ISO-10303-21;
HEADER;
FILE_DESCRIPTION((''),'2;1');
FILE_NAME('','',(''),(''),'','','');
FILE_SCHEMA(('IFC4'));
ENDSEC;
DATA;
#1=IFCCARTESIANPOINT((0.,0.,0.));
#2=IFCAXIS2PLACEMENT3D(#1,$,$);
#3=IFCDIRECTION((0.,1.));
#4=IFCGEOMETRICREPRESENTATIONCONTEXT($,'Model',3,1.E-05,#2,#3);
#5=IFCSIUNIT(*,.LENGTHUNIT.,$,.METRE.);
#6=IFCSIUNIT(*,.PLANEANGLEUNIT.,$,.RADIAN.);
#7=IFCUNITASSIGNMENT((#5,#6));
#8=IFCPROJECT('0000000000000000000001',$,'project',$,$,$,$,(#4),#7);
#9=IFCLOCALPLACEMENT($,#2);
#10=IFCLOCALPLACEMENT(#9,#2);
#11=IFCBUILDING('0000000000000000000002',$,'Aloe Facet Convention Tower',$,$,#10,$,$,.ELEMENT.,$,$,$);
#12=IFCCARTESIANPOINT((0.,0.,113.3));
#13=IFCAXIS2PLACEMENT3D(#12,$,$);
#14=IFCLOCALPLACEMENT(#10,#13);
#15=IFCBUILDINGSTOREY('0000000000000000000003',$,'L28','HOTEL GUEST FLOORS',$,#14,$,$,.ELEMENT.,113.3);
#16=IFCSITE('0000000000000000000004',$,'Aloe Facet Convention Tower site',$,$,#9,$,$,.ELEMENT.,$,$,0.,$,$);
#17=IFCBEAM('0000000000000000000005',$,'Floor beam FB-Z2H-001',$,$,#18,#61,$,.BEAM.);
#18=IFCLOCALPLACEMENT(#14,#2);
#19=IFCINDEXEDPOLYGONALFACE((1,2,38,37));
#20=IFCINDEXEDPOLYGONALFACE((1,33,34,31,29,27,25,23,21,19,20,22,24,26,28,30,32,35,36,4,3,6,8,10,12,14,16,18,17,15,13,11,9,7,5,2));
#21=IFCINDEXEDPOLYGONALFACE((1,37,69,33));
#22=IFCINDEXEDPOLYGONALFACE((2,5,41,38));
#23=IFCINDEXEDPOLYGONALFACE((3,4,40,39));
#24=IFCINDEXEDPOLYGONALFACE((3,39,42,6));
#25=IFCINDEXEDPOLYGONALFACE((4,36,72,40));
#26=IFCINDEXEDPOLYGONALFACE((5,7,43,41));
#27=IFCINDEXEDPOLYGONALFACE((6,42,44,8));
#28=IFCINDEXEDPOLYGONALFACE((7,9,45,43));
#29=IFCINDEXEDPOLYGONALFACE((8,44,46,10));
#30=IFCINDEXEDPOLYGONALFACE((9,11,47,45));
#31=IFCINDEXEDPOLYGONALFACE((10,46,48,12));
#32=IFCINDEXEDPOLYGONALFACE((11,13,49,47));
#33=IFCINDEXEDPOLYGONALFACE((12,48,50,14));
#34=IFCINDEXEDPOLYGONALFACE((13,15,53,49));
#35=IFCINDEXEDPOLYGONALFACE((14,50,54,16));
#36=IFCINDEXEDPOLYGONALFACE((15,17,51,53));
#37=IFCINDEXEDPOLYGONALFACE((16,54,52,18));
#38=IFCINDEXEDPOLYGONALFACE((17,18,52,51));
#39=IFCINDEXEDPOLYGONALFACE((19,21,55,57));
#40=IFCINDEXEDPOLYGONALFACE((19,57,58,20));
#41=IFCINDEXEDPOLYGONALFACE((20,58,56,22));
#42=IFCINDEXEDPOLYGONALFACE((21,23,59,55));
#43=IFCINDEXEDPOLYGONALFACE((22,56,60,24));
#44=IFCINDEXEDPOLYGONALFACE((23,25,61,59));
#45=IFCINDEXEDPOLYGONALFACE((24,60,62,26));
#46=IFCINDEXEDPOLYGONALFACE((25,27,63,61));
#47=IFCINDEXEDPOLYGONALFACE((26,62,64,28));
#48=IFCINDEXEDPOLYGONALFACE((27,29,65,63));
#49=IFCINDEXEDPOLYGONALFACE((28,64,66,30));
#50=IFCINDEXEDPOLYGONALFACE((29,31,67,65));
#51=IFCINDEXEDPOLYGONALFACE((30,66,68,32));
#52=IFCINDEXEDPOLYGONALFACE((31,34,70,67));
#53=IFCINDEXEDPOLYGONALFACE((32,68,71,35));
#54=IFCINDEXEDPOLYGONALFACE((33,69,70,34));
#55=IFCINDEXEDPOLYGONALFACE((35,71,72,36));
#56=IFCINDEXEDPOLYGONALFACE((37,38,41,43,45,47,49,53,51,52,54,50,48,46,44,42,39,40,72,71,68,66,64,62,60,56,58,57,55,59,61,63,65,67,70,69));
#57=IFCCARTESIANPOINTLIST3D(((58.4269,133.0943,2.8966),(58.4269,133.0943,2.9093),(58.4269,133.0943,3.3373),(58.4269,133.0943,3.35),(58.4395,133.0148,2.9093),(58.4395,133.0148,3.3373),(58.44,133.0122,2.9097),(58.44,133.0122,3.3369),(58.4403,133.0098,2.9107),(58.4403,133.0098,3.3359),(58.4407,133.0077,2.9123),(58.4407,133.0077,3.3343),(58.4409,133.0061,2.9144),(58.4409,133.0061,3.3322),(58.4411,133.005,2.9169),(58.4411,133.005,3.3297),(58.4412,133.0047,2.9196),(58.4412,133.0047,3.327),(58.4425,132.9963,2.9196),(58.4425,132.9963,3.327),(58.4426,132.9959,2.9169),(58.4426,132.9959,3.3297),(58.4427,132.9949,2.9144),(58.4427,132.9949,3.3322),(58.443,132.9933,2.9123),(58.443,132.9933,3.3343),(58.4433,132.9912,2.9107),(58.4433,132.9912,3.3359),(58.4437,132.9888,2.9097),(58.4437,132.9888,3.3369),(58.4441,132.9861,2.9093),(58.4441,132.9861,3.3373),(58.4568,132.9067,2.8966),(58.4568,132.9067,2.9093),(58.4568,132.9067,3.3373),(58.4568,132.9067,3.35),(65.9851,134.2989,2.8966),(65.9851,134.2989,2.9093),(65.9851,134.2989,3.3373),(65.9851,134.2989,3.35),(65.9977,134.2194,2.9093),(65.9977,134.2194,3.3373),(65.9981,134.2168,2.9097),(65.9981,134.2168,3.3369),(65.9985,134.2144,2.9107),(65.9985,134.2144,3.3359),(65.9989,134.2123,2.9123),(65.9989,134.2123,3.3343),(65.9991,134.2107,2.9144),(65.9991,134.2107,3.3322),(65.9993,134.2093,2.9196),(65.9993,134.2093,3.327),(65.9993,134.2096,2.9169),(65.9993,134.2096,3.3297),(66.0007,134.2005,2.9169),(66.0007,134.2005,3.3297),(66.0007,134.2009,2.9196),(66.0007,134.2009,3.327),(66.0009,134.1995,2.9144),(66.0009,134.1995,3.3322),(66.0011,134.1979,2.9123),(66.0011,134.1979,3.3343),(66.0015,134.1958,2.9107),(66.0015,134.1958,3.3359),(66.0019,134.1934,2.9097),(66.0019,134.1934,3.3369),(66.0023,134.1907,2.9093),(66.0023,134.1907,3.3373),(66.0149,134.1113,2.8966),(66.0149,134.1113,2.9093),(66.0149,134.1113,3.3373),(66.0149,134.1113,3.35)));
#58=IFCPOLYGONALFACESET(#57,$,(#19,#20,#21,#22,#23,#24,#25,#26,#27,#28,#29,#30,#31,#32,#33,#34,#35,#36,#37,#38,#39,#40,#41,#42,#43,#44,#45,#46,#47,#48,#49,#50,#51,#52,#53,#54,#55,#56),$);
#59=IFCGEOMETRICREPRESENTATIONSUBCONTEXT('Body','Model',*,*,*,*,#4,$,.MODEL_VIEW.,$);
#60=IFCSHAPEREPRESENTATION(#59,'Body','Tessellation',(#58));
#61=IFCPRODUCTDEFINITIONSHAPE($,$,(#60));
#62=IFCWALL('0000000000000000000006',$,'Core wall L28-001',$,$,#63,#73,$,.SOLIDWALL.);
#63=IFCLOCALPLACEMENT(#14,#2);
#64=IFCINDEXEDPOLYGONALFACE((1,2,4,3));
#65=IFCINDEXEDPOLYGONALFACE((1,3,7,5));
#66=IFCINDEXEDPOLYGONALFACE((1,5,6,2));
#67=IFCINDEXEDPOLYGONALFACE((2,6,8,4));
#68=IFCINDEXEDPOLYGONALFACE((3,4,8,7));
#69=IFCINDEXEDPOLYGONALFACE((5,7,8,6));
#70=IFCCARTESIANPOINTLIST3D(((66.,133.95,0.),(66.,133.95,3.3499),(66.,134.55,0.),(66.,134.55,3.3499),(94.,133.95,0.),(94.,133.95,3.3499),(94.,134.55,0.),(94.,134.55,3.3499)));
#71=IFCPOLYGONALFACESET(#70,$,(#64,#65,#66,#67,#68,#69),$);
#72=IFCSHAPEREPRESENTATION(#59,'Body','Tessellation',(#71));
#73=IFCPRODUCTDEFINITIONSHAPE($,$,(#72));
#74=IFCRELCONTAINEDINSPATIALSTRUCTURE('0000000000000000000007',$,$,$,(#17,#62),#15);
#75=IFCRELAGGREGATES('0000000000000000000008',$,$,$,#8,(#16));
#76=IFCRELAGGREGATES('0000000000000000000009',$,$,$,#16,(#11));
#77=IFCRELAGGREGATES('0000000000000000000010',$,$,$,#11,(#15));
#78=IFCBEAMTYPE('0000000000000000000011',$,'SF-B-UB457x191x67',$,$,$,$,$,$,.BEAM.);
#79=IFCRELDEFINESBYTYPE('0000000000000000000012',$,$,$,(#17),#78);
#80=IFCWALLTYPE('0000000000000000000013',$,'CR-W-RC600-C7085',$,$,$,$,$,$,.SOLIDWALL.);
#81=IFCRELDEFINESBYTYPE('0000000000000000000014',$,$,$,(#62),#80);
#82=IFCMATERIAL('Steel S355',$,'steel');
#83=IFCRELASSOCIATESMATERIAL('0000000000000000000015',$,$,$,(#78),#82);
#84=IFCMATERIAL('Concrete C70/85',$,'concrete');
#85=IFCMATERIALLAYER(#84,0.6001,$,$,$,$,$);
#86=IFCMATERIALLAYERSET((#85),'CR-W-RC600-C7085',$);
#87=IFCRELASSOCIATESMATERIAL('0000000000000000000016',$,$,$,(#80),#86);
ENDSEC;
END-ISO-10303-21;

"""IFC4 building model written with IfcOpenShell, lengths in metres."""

from ifc_helpers import new_model, si_unit, direction, frame, frame_2d, origin, origin_2d, place, context, subcontext, project, spatial, rectangle, i_section, extrude, material, layer, layer_set, material_profile, profile_set, type_object, element, save


model = new_model("IFC4")

# Units and contexts
model_context = context("Model", 3, precision=1e-05, world=origin(), true_north=direction((0.0, 1.0)))
body_context = subcontext(model_context, "Body", "Model", "MODEL_VIEW")
ifc_project = project(units=[si_unit("LENGTHUNIT", "METRE"), si_unit("PLANEANGLEUNIT", "RADIAN")], contexts=[model_context])

# Site, building, storey
site_placement = place(None, origin())
site = spatial("IfcSite", under=ifc_project, at=site_placement, Name="Aloe Facet Convention Tower site", CompositionType="ELEMENT", RefElevation=0.0)
building_placement = place(site_placement, origin())
building = spatial("IfcBuilding", under=site, at=building_placement, Name="Aloe Facet Convention Tower", CompositionType="ELEMENT")
storey_placement = place(building_placement, frame((0.0, 0.0, 113.3)))
storey = spatial("IfcBuildingStorey", under=building, at=storey_placement, Name="L28", Description="HOTEL GUEST FLOORS", CompositionType="ELEMENT", Elevation=113.3)

# Beam
ifc_material_1 = material(Name="Steel S355", Category="steel")
ifc_material_profile_1 = material_profile(ifc_material_1, i_section(OverallWidth=0.1899, OverallDepth=0.4534, WebThickness=0.0085, FlangeThickness=0.0127, FilletRadius=0.0103, at=origin_2d()), Name="UB 457x191x67")
ifc_profile_set_1 = profile_set([ifc_material_profile_1], Name="Steel S355")
beam_type_1 = type_object("IfcBeamType", Name="SF-B-UB457x191x67", PredefinedType="BEAM", material=ifc_profile_set_1)
beam_1_placement = place(storey_placement, frame((66.0, 134.2051, 3.1233), z_axis=(-0.987536, -0.157391, 0.0), x_axis=(0.157391, -0.987536, 0.0)))
element("IfcBeam", 1, at=beam_1_placement, inside=storey, type_object=beam_type_1, Name="Floor beam FB-Z2H-001", PredefinedType="BEAM", context=body_context, shape_type="SweptSolid", body=[
    extrude(i_section(OverallWidth=0.1899, OverallDepth=0.4534, WebThickness=0.0085, FlangeThickness=0.0127, FilletRadius=0.0103, at=origin_2d()), origin(), (0.0, 0.0, 1.0), 7.6536),
])

# Wall
ifc_material_2 = material(Name="Concrete C70/85", Category="concrete")
ifc_layer_1 = layer(ifc_material_2, 0.6001)
ifc_layer_set_1 = layer_set([ifc_layer_1], Name="CR-W-RC600-C7085")
wall_type_1 = type_object("IfcWallType", Name="CR-W-RC600-C7085", PredefinedType="SOLIDWALL", material=ifc_layer_set_1)
wall_1_placement = place(storey_placement, frame((66.0, 134.25, 0.0), z_axis=(0.0, 0.0, 1.0), x_axis=(1.0, 0.0, 0.0)))
element("IfcWall", 2, at=wall_1_placement, inside=storey, type_object=wall_type_1, Name="Core wall L28-001", PredefinedType="SOLIDWALL", context=body_context, shape_type="SweptSolid", body=[
    extrude(rectangle(XDim=28.0, YDim=0.6001, at=frame_2d((14.0, 0.0))), origin(), (0.0, 0.0, 1.0), 3.3499),
])

save(model, "model.ifc")
